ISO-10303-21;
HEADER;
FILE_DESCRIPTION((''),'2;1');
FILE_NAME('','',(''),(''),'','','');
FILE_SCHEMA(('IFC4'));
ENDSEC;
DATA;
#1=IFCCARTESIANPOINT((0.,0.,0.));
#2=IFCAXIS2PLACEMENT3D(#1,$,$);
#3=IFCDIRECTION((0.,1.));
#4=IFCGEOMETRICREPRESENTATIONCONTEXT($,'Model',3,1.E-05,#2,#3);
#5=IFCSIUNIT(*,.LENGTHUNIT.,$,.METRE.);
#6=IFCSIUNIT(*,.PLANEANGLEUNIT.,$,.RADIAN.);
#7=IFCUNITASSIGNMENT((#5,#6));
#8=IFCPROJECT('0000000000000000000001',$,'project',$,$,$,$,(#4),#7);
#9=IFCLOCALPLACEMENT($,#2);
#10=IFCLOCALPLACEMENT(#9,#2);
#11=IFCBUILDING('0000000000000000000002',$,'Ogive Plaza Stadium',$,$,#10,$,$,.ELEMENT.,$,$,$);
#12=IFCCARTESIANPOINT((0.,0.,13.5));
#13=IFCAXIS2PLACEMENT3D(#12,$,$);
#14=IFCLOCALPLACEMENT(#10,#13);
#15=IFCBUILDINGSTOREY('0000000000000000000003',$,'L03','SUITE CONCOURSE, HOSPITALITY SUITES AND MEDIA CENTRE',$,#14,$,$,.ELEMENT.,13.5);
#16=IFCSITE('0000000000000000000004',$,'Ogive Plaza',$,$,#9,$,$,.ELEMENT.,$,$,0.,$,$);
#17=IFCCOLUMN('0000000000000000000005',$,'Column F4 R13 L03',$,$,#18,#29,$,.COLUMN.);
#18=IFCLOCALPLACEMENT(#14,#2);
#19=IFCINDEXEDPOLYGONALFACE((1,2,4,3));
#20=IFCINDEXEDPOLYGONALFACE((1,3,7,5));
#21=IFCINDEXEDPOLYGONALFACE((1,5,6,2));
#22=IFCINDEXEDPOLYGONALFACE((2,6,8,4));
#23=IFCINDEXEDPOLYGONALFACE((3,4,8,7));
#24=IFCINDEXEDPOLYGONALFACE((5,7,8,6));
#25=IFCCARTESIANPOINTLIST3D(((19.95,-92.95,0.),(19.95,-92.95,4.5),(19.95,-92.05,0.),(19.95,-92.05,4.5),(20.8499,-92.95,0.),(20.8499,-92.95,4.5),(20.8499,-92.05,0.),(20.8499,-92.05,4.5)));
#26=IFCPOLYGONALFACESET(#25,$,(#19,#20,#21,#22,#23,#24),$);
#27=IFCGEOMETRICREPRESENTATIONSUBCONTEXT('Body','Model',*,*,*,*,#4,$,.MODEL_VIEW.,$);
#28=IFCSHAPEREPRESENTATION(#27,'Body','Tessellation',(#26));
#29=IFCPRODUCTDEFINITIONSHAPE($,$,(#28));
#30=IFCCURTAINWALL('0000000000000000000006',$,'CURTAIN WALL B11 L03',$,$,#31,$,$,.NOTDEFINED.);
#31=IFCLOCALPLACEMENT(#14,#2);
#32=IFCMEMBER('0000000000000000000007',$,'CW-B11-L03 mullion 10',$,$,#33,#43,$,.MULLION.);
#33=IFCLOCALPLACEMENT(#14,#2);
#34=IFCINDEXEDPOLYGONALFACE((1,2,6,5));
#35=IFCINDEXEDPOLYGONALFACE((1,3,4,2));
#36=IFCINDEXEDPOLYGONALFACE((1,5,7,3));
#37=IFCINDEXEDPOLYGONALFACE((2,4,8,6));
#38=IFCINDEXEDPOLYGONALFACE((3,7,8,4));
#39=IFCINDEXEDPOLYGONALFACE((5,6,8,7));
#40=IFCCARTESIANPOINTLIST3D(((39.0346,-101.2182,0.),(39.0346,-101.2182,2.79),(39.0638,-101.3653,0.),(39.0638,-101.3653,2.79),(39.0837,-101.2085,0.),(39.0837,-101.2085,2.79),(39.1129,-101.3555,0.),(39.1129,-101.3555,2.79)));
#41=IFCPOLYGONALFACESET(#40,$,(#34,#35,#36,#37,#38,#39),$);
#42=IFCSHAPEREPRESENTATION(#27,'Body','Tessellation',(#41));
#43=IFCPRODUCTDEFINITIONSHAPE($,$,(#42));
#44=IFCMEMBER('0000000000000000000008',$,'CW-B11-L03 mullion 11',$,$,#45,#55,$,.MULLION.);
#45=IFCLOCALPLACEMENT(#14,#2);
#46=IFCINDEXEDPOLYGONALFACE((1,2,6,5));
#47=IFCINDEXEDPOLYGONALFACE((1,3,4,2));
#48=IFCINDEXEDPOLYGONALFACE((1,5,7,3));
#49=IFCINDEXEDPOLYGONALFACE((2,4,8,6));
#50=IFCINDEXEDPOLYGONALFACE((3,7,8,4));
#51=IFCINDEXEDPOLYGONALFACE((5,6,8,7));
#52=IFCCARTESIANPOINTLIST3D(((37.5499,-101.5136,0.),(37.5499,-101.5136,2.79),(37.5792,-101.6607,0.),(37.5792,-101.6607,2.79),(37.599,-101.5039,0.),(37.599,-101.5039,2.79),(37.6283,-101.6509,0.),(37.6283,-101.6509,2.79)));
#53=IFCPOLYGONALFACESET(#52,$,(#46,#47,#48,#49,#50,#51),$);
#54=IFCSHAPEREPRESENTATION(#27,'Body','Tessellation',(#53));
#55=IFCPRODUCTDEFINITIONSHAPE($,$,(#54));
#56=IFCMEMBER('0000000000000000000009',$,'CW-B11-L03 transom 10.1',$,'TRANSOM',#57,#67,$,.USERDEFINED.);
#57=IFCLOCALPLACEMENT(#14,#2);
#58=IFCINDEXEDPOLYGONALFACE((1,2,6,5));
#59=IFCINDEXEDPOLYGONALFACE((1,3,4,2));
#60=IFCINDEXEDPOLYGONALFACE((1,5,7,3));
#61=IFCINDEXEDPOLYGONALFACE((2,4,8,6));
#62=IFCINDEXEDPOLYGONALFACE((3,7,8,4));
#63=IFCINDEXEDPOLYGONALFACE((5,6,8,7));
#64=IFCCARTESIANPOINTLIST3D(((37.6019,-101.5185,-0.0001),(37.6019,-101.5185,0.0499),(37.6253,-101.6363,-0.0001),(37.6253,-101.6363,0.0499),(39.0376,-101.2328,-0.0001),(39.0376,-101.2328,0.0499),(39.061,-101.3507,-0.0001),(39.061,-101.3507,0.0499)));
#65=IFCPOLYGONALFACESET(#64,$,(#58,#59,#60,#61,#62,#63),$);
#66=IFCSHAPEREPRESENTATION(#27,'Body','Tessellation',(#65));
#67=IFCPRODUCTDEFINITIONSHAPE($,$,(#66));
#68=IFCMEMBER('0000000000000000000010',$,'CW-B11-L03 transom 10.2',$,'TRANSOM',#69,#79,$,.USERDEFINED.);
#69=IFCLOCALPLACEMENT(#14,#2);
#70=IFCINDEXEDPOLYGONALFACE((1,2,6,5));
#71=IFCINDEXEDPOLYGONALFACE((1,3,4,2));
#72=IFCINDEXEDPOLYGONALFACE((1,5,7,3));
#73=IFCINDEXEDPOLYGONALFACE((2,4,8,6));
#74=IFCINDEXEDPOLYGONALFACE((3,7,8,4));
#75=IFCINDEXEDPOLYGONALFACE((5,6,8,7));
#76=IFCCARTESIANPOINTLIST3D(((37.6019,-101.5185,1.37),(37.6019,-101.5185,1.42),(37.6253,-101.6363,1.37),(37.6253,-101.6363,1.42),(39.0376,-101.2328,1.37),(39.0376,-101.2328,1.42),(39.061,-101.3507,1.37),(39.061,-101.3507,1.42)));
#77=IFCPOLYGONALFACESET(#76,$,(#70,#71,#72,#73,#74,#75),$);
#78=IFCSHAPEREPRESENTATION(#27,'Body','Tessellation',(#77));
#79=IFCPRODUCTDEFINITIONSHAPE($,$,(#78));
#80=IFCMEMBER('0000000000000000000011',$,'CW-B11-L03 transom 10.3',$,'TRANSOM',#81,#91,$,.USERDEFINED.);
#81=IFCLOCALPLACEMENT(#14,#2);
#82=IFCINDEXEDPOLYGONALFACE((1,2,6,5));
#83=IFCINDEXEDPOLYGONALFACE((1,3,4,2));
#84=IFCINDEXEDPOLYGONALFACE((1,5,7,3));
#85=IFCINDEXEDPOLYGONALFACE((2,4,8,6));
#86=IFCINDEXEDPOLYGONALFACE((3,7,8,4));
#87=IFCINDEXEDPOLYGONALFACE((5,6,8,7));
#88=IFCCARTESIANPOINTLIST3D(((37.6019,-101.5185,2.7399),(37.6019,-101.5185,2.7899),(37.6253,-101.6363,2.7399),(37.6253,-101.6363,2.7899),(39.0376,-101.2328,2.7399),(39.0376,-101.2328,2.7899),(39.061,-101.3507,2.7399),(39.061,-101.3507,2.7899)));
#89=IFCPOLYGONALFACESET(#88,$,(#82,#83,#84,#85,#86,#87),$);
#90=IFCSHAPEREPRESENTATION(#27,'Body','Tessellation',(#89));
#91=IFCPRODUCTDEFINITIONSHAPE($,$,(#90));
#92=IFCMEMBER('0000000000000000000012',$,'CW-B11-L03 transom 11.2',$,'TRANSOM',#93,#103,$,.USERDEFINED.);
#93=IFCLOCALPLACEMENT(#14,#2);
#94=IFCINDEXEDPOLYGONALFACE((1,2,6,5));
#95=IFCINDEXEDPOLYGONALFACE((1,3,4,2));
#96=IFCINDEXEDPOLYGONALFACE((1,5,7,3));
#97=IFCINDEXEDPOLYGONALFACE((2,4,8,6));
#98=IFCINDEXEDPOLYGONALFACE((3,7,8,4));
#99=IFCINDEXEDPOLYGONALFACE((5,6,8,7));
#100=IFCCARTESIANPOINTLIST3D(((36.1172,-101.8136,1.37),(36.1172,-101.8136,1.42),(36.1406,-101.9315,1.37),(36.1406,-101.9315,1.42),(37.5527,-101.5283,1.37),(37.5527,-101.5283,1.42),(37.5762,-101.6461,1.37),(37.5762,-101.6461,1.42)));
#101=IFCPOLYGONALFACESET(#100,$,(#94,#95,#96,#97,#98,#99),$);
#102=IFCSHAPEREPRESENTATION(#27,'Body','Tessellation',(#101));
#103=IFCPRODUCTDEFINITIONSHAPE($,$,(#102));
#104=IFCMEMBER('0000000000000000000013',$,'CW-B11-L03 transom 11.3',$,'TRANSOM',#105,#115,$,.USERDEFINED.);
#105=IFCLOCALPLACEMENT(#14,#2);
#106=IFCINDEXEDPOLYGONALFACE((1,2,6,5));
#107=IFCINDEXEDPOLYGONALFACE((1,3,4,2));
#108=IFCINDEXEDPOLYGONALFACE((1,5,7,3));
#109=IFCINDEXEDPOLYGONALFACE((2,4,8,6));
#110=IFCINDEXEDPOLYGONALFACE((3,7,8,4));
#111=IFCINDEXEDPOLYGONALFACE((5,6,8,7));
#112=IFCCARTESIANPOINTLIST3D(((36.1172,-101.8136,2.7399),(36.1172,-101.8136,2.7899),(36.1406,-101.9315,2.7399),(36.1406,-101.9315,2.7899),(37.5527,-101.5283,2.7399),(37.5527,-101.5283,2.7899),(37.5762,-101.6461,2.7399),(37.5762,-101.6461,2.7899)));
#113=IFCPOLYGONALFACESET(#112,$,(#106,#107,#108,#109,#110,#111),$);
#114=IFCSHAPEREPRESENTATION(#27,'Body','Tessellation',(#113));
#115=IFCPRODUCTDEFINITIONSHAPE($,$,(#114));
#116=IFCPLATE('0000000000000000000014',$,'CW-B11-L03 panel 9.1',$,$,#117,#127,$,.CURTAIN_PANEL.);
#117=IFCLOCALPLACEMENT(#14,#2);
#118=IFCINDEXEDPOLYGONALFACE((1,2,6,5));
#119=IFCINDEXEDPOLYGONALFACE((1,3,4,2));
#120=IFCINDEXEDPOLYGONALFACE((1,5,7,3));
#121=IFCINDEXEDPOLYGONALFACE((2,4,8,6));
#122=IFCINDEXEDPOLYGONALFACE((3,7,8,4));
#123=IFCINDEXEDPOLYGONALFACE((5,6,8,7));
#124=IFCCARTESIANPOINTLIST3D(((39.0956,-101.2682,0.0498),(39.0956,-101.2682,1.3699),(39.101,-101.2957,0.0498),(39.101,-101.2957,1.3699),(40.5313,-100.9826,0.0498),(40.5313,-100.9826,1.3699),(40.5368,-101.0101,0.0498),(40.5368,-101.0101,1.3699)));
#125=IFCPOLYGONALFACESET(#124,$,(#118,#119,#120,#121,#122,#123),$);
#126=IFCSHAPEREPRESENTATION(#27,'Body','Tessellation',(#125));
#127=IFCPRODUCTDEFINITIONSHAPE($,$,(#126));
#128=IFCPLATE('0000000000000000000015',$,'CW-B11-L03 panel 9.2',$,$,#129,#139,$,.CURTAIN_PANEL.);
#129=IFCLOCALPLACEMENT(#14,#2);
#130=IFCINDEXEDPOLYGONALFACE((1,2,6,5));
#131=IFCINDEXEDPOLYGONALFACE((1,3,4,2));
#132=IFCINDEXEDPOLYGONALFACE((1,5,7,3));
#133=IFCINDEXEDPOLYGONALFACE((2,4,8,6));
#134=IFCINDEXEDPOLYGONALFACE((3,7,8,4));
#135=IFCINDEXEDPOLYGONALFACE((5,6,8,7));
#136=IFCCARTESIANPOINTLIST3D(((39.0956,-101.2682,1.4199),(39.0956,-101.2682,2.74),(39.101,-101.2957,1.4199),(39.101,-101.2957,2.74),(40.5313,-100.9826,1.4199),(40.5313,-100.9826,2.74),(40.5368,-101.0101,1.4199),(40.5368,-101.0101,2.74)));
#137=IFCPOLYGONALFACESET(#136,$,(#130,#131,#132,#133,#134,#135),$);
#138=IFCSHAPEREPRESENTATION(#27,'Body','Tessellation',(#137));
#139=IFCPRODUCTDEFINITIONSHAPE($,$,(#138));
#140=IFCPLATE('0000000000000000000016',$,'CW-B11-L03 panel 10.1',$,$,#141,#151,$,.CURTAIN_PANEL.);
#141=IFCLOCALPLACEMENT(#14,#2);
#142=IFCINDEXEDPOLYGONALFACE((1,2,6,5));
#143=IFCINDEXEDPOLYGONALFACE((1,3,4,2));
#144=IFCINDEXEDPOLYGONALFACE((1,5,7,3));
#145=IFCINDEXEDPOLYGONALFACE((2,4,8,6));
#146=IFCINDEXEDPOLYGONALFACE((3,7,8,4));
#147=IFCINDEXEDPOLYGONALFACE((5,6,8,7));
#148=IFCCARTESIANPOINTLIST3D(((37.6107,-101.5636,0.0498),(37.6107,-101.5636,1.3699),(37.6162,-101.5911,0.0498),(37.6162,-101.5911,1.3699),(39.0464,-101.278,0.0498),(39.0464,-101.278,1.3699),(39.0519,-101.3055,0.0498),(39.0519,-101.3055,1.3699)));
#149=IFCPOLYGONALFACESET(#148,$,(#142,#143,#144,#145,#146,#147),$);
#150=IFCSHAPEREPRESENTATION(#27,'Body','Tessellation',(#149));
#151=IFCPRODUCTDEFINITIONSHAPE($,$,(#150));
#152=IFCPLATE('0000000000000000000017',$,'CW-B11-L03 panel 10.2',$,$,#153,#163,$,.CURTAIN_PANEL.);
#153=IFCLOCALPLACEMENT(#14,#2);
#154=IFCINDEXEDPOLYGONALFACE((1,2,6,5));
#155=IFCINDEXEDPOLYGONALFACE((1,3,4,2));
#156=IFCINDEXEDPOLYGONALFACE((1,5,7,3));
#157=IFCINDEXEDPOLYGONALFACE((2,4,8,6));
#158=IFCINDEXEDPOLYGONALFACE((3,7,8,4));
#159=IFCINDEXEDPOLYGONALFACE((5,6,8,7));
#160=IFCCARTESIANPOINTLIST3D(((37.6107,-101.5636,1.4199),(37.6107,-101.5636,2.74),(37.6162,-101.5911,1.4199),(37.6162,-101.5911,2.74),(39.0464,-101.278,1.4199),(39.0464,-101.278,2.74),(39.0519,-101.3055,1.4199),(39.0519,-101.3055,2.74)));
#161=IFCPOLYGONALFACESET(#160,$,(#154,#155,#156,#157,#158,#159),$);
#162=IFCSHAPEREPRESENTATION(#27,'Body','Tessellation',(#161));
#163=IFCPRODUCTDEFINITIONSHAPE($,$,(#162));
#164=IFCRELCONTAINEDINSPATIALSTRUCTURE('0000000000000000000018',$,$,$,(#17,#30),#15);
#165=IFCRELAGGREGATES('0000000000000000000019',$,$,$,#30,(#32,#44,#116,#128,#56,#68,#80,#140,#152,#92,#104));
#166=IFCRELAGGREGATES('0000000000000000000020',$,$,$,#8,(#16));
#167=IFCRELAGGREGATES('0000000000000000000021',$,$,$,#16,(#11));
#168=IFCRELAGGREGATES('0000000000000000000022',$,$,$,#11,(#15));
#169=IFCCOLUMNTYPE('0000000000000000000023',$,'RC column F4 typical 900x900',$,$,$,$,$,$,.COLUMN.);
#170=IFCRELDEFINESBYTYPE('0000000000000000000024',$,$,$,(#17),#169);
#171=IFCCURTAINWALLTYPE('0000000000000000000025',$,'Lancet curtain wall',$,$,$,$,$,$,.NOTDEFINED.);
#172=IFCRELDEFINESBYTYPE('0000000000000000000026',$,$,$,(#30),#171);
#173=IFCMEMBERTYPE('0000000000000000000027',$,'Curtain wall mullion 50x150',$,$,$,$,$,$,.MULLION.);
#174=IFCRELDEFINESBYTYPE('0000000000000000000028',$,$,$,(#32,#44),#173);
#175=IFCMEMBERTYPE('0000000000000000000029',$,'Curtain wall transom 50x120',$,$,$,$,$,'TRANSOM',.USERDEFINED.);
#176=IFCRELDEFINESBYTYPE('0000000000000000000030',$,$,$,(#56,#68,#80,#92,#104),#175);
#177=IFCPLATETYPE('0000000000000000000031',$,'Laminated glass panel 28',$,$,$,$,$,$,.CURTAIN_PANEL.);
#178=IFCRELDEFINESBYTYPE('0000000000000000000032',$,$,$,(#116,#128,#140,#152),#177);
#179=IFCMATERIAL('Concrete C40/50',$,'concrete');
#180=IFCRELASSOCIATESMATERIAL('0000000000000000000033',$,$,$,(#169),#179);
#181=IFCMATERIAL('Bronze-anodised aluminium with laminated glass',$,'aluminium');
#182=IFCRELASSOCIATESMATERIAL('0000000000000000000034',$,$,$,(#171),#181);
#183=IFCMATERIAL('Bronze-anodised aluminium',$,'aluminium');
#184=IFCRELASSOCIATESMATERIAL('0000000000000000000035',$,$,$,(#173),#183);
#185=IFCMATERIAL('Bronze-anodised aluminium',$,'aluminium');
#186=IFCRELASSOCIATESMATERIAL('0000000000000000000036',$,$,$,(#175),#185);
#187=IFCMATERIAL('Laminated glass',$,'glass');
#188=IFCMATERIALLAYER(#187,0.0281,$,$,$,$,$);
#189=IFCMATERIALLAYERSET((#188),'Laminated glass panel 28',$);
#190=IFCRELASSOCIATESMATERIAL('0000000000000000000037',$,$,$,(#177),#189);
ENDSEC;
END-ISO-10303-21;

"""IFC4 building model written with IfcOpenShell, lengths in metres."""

from ifc_helpers import new_model, si_unit, direction, frame, origin, origin_2d, place, context, subcontext, project, spatial, rectangle, extrude, material, layer, layer_set, material_profile, profile_set, type_object, element, aggregate, save


model = new_model("IFC4")

# Units and contexts
model_context = context("Model", 3, precision=1e-05, world=origin(), true_north=direction((0.0, 1.0)))
body_context = subcontext(model_context, "Body", "Model", "MODEL_VIEW")
ifc_project = project(units=[si_unit("LENGTHUNIT", "METRE"), si_unit("PLANEANGLEUNIT", "RADIAN")], contexts=[model_context])

# Site, building, storey
site_placement = place(None, origin())
site = spatial("IfcSite", under=ifc_project, at=site_placement, Name="Ogive Plaza", CompositionType="ELEMENT", RefElevation=0.0)
building_placement = place(site_placement, origin())
building = spatial("IfcBuilding", under=site, at=building_placement, Name="Ogive Plaza Stadium", CompositionType="ELEMENT")
storey_placement = place(building_placement, frame((0.0, 0.0, 13.5)))
storey = spatial("IfcBuildingStorey", under=building, at=storey_placement, Name="L03", Description="SUITE CONCOURSE, HOSPITALITY SUITES AND MEDIA CENTRE", CompositionType="ELEMENT", Elevation=13.5)

# Column
ifc_material_1 = material(Name="Concrete C40/50", Category="concrete")
ifc_material_profile_1 = material_profile(ifc_material_1, rectangle(XDim=0.8999, YDim=0.8999, at=origin_2d()), Name="RC 900x900")
ifc_profile_set_1 = profile_set([ifc_material_profile_1], Name="Concrete C40/50")
column_type = type_object("IfcColumnType", Name="RC column F4 typical 900x900", PredefinedType="COLUMN", material=ifc_profile_set_1)
column_placement = place(storey_placement, frame((20.3999, -92.5, 0.0), z_axis=(0.0, 0.0, 1.0), x_axis=(1.0, 0.0, 0.0)))
element("IfcColumn", 1, at=column_placement, inside=storey, type_object=column_type, Name="Column F4 R13 L03", PredefinedType="COLUMN", context=body_context, shape_type="SweptSolid", body=[
    extrude(rectangle(XDim=0.8999, YDim=0.8999, at=origin_2d()), origin(), (0.0, 0.0, 1.0), 4.5),
])

# Curtain wall, members, plates
ifc_material_2 = material(Name="Bronze-anodised aluminium with laminated glass", Category="aluminium")
curtain_wall_type = type_object("IfcCurtainWallType", Name="Lancet curtain wall", PredefinedType="NOTDEFINED", material=ifc_material_2)
curtain_wall_placement = place(storey_placement, origin())
curtain_wall = element("IfcCurtainWall", 2, at=curtain_wall_placement, inside=storey, type_object=curtain_wall_type, Name="CURTAIN WALL B11 L03", PredefinedType="NOTDEFINED")
ifc_material_3 = material(Name="Bronze-anodised aluminium", Category="aluminium")
ifc_material_profile_2 = material_profile(ifc_material_3, rectangle(XDim=0.1499, YDim=0.05, at=origin_2d()), Name="AL 150x50")
ifc_profile_set_2 = profile_set([ifc_material_profile_2], Name="Bronze-anodised aluminium")
member_type_1 = type_object("IfcMemberType", Name="Curtain wall mullion 50x150", PredefinedType="MULLION", material=ifc_profile_set_2)
member_1_placement = place(storey_placement, frame((39.0737, -101.2869, 0.0), z_axis=(0.0, 0.0, 1.0), x_axis=(0.19509, -0.980785, 0.0)))
member_1 = element("IfcMember", 3, at=member_1_placement, type_object=member_type_1, Name="CW-B11-L03 mullion 10", PredefinedType="MULLION", context=body_context, shape_type="SweptSolid", body=[
    extrude(rectangle(XDim=0.1499, YDim=0.05, at=origin_2d()), origin(), (0.0, 0.0, 1.0), 2.79),
])
member_2_placement = place(storey_placement, frame((37.5891, -101.5823, 0.0), z_axis=(0.0, 0.0, 1.0), x_axis=(0.19509, -0.980785, 0.0)))
member_2 = element("IfcMember", 4, at=member_2_placement, type_object=member_type_1, Name="CW-B11-L03 mullion 11", PredefinedType="MULLION", context=body_context, shape_type="SweptSolid", body=[
    extrude(rectangle(XDim=0.1499, YDim=0.05, at=origin_2d()), origin(), (0.0, 0.0, 1.0), 2.79),
])
ifc_material_4 = material(Name="Bronze-anodised aluminium", Category="aluminium")
ifc_material_profile_3 = material_profile(ifc_material_4, rectangle(XDim=0.1201, YDim=0.05, at=origin_2d()), Name="AL 120x50")
ifc_profile_set_3 = profile_set([ifc_material_profile_3], Name="Bronze-anodised aluminium")
member_type_2 = type_object("IfcMemberType", Name="Curtain wall transom 50x120", ElementType="TRANSOM", PredefinedType="USERDEFINED", material=ifc_profile_set_3)
member_3_placement = place(storey_placement, frame((39.0493, -101.2917, 0.0249), z_axis=(-0.980779, -0.195122, 0.0), x_axis=(0.195122, -0.980779, 0.0)))
member_3 = element("IfcMember", 5, at=member_3_placement, type_object=member_type_2, Name="CW-B11-L03 transom 10.1", ObjectType="TRANSOM", PredefinedType="USERDEFINED", context=body_context, shape_type="SweptSolid", body=[
    extrude(rectangle(XDim=0.1201, YDim=0.05, at=origin_2d()), origin(), (0.0, 0.0, 1.0), 1.4639),
])
member_4_placement = place(storey_placement, frame((39.0493, -101.2917, 1.395), z_axis=(-0.980779, -0.195122, 0.0), x_axis=(0.195122, -0.980779, 0.0)))
member_4 = element("IfcMember", 6, at=member_4_placement, type_object=member_type_2, Name="CW-B11-L03 transom 10.2", ObjectType="TRANSOM", PredefinedType="USERDEFINED", context=body_context, shape_type="SweptSolid", body=[
    extrude(rectangle(XDim=0.1201, YDim=0.05, at=origin_2d()), origin(), (0.0, 0.0, 1.0), 1.4639),
])
member_5_placement = place(storey_placement, frame((39.0493, -101.2917, 2.7649), z_axis=(-0.980779, -0.195122, 0.0), x_axis=(0.195122, -0.980779, 0.0)))
member_5 = element("IfcMember", 7, at=member_5_placement, type_object=member_type_2, Name="CW-B11-L03 transom 10.3", ObjectType="TRANSOM", PredefinedType="USERDEFINED", context=body_context, shape_type="SweptSolid", body=[
    extrude(rectangle(XDim=0.1201, YDim=0.05, at=origin_2d()), origin(), (0.0, 0.0, 1.0), 1.4639),
])
member_6_placement = place(storey_placement, frame((37.5645, -101.5872, 1.395), z_axis=(-0.980805, -0.194993, 0.0), x_axis=(0.194993, -0.980805, 0.0)))
member_6 = element("IfcMember", 8, at=member_6_placement, type_object=member_type_2, Name="CW-B11-L03 transom 11.2", ObjectType="TRANSOM", PredefinedType="USERDEFINED", context=body_context, shape_type="SweptSolid", body=[
    extrude(rectangle(XDim=0.1201, YDim=0.05, at=origin_2d()), origin(), (0.0, 0.0, 1.0), 1.4636),
])
member_7_placement = place(storey_placement, frame((37.5645, -101.5872, 2.7649), z_axis=(-0.980805, -0.194993, 0.0), x_axis=(0.194993, -0.980805, 0.0)))
member_7 = element("IfcMember", 9, at=member_7_placement, type_object=member_type_2, Name="CW-B11-L03 transom 11.3", ObjectType="TRANSOM", PredefinedType="USERDEFINED", context=body_context, shape_type="SweptSolid", body=[
    extrude(rectangle(XDim=0.1201, YDim=0.05, at=origin_2d()), origin(), (0.0, 0.0, 1.0), 1.4636),
])
ifc_material_5 = material(Name="Laminated glass", Category="glass")
ifc_layer_1 = layer(ifc_material_5, 0.0281)
ifc_layer_set_1 = layer_set([ifc_layer_1], Name="Laminated glass panel 28")
plate_type = type_object("IfcPlateType", Name="Laminated glass panel 28", PredefinedType="CURTAIN_PANEL", material=ifc_layer_set_1)
plate_1_placement = place(storey_placement, frame((39.8162, -101.1392, 0.0498), z_axis=(0.0, 0.0, 1.0), x_axis=(-0.980785, -0.19509, 0.0)))
plate_1 = element("IfcPlate", 10, at=plate_1_placement, type_object=plate_type, Name="CW-B11-L03 panel 9.1", PredefinedType="CURTAIN_PANEL", context=body_context, shape_type="SweptSolid", body=[
    extrude(rectangle(XDim=1.4639, YDim=0.0281, at=origin_2d()), origin(), (0.0, 0.0, 1.0), 1.3201),
])
plate_2_placement = place(storey_placement, frame((39.8162, -101.1392, 1.4199), z_axis=(0.0, 0.0, 1.0), x_axis=(-0.980785, -0.19509, 0.0)))
plate_2 = element("IfcPlate", 11, at=plate_2_placement, type_object=plate_type, Name="CW-B11-L03 panel 9.2", PredefinedType="CURTAIN_PANEL", context=body_context, shape_type="SweptSolid", body=[
    extrude(rectangle(XDim=1.4639, YDim=0.0281, at=origin_2d()), origin(), (0.0, 0.0, 1.0), 1.3201),
])
plate_3_placement = place(storey_placement, frame((38.3313, -101.4346, 0.0498), z_axis=(0.0, 0.0, 1.0), x_axis=(-0.980785, -0.19509, 0.0)))
plate_3 = element("IfcPlate", 12, at=plate_3_placement, type_object=plate_type, Name="CW-B11-L03 panel 10.1", PredefinedType="CURTAIN_PANEL", context=body_context, shape_type="SweptSolid", body=[
    extrude(rectangle(XDim=1.4639, YDim=0.0281, at=origin_2d()), origin(), (0.0, 0.0, 1.0), 1.3201),
])
plate_4_placement = place(storey_placement, frame((38.3313, -101.4346, 1.4199), z_axis=(0.0, 0.0, 1.0), x_axis=(-0.980785, -0.19509, 0.0)))
plate_4 = element("IfcPlate", 13, at=plate_4_placement, type_object=plate_type, Name="CW-B11-L03 panel 10.2", PredefinedType="CURTAIN_PANEL", context=body_context, shape_type="SweptSolid", body=[
    extrude(rectangle(XDim=1.4639, YDim=0.0281, at=origin_2d()), origin(), (0.0, 0.0, 1.0), 1.3201),
])
aggregate(curtain_wall, [member_1, member_2, plate_1, plate_2, member_3, member_4, member_5, plate_3, plate_4, member_6, member_7])

save(model, "model.ifc")
